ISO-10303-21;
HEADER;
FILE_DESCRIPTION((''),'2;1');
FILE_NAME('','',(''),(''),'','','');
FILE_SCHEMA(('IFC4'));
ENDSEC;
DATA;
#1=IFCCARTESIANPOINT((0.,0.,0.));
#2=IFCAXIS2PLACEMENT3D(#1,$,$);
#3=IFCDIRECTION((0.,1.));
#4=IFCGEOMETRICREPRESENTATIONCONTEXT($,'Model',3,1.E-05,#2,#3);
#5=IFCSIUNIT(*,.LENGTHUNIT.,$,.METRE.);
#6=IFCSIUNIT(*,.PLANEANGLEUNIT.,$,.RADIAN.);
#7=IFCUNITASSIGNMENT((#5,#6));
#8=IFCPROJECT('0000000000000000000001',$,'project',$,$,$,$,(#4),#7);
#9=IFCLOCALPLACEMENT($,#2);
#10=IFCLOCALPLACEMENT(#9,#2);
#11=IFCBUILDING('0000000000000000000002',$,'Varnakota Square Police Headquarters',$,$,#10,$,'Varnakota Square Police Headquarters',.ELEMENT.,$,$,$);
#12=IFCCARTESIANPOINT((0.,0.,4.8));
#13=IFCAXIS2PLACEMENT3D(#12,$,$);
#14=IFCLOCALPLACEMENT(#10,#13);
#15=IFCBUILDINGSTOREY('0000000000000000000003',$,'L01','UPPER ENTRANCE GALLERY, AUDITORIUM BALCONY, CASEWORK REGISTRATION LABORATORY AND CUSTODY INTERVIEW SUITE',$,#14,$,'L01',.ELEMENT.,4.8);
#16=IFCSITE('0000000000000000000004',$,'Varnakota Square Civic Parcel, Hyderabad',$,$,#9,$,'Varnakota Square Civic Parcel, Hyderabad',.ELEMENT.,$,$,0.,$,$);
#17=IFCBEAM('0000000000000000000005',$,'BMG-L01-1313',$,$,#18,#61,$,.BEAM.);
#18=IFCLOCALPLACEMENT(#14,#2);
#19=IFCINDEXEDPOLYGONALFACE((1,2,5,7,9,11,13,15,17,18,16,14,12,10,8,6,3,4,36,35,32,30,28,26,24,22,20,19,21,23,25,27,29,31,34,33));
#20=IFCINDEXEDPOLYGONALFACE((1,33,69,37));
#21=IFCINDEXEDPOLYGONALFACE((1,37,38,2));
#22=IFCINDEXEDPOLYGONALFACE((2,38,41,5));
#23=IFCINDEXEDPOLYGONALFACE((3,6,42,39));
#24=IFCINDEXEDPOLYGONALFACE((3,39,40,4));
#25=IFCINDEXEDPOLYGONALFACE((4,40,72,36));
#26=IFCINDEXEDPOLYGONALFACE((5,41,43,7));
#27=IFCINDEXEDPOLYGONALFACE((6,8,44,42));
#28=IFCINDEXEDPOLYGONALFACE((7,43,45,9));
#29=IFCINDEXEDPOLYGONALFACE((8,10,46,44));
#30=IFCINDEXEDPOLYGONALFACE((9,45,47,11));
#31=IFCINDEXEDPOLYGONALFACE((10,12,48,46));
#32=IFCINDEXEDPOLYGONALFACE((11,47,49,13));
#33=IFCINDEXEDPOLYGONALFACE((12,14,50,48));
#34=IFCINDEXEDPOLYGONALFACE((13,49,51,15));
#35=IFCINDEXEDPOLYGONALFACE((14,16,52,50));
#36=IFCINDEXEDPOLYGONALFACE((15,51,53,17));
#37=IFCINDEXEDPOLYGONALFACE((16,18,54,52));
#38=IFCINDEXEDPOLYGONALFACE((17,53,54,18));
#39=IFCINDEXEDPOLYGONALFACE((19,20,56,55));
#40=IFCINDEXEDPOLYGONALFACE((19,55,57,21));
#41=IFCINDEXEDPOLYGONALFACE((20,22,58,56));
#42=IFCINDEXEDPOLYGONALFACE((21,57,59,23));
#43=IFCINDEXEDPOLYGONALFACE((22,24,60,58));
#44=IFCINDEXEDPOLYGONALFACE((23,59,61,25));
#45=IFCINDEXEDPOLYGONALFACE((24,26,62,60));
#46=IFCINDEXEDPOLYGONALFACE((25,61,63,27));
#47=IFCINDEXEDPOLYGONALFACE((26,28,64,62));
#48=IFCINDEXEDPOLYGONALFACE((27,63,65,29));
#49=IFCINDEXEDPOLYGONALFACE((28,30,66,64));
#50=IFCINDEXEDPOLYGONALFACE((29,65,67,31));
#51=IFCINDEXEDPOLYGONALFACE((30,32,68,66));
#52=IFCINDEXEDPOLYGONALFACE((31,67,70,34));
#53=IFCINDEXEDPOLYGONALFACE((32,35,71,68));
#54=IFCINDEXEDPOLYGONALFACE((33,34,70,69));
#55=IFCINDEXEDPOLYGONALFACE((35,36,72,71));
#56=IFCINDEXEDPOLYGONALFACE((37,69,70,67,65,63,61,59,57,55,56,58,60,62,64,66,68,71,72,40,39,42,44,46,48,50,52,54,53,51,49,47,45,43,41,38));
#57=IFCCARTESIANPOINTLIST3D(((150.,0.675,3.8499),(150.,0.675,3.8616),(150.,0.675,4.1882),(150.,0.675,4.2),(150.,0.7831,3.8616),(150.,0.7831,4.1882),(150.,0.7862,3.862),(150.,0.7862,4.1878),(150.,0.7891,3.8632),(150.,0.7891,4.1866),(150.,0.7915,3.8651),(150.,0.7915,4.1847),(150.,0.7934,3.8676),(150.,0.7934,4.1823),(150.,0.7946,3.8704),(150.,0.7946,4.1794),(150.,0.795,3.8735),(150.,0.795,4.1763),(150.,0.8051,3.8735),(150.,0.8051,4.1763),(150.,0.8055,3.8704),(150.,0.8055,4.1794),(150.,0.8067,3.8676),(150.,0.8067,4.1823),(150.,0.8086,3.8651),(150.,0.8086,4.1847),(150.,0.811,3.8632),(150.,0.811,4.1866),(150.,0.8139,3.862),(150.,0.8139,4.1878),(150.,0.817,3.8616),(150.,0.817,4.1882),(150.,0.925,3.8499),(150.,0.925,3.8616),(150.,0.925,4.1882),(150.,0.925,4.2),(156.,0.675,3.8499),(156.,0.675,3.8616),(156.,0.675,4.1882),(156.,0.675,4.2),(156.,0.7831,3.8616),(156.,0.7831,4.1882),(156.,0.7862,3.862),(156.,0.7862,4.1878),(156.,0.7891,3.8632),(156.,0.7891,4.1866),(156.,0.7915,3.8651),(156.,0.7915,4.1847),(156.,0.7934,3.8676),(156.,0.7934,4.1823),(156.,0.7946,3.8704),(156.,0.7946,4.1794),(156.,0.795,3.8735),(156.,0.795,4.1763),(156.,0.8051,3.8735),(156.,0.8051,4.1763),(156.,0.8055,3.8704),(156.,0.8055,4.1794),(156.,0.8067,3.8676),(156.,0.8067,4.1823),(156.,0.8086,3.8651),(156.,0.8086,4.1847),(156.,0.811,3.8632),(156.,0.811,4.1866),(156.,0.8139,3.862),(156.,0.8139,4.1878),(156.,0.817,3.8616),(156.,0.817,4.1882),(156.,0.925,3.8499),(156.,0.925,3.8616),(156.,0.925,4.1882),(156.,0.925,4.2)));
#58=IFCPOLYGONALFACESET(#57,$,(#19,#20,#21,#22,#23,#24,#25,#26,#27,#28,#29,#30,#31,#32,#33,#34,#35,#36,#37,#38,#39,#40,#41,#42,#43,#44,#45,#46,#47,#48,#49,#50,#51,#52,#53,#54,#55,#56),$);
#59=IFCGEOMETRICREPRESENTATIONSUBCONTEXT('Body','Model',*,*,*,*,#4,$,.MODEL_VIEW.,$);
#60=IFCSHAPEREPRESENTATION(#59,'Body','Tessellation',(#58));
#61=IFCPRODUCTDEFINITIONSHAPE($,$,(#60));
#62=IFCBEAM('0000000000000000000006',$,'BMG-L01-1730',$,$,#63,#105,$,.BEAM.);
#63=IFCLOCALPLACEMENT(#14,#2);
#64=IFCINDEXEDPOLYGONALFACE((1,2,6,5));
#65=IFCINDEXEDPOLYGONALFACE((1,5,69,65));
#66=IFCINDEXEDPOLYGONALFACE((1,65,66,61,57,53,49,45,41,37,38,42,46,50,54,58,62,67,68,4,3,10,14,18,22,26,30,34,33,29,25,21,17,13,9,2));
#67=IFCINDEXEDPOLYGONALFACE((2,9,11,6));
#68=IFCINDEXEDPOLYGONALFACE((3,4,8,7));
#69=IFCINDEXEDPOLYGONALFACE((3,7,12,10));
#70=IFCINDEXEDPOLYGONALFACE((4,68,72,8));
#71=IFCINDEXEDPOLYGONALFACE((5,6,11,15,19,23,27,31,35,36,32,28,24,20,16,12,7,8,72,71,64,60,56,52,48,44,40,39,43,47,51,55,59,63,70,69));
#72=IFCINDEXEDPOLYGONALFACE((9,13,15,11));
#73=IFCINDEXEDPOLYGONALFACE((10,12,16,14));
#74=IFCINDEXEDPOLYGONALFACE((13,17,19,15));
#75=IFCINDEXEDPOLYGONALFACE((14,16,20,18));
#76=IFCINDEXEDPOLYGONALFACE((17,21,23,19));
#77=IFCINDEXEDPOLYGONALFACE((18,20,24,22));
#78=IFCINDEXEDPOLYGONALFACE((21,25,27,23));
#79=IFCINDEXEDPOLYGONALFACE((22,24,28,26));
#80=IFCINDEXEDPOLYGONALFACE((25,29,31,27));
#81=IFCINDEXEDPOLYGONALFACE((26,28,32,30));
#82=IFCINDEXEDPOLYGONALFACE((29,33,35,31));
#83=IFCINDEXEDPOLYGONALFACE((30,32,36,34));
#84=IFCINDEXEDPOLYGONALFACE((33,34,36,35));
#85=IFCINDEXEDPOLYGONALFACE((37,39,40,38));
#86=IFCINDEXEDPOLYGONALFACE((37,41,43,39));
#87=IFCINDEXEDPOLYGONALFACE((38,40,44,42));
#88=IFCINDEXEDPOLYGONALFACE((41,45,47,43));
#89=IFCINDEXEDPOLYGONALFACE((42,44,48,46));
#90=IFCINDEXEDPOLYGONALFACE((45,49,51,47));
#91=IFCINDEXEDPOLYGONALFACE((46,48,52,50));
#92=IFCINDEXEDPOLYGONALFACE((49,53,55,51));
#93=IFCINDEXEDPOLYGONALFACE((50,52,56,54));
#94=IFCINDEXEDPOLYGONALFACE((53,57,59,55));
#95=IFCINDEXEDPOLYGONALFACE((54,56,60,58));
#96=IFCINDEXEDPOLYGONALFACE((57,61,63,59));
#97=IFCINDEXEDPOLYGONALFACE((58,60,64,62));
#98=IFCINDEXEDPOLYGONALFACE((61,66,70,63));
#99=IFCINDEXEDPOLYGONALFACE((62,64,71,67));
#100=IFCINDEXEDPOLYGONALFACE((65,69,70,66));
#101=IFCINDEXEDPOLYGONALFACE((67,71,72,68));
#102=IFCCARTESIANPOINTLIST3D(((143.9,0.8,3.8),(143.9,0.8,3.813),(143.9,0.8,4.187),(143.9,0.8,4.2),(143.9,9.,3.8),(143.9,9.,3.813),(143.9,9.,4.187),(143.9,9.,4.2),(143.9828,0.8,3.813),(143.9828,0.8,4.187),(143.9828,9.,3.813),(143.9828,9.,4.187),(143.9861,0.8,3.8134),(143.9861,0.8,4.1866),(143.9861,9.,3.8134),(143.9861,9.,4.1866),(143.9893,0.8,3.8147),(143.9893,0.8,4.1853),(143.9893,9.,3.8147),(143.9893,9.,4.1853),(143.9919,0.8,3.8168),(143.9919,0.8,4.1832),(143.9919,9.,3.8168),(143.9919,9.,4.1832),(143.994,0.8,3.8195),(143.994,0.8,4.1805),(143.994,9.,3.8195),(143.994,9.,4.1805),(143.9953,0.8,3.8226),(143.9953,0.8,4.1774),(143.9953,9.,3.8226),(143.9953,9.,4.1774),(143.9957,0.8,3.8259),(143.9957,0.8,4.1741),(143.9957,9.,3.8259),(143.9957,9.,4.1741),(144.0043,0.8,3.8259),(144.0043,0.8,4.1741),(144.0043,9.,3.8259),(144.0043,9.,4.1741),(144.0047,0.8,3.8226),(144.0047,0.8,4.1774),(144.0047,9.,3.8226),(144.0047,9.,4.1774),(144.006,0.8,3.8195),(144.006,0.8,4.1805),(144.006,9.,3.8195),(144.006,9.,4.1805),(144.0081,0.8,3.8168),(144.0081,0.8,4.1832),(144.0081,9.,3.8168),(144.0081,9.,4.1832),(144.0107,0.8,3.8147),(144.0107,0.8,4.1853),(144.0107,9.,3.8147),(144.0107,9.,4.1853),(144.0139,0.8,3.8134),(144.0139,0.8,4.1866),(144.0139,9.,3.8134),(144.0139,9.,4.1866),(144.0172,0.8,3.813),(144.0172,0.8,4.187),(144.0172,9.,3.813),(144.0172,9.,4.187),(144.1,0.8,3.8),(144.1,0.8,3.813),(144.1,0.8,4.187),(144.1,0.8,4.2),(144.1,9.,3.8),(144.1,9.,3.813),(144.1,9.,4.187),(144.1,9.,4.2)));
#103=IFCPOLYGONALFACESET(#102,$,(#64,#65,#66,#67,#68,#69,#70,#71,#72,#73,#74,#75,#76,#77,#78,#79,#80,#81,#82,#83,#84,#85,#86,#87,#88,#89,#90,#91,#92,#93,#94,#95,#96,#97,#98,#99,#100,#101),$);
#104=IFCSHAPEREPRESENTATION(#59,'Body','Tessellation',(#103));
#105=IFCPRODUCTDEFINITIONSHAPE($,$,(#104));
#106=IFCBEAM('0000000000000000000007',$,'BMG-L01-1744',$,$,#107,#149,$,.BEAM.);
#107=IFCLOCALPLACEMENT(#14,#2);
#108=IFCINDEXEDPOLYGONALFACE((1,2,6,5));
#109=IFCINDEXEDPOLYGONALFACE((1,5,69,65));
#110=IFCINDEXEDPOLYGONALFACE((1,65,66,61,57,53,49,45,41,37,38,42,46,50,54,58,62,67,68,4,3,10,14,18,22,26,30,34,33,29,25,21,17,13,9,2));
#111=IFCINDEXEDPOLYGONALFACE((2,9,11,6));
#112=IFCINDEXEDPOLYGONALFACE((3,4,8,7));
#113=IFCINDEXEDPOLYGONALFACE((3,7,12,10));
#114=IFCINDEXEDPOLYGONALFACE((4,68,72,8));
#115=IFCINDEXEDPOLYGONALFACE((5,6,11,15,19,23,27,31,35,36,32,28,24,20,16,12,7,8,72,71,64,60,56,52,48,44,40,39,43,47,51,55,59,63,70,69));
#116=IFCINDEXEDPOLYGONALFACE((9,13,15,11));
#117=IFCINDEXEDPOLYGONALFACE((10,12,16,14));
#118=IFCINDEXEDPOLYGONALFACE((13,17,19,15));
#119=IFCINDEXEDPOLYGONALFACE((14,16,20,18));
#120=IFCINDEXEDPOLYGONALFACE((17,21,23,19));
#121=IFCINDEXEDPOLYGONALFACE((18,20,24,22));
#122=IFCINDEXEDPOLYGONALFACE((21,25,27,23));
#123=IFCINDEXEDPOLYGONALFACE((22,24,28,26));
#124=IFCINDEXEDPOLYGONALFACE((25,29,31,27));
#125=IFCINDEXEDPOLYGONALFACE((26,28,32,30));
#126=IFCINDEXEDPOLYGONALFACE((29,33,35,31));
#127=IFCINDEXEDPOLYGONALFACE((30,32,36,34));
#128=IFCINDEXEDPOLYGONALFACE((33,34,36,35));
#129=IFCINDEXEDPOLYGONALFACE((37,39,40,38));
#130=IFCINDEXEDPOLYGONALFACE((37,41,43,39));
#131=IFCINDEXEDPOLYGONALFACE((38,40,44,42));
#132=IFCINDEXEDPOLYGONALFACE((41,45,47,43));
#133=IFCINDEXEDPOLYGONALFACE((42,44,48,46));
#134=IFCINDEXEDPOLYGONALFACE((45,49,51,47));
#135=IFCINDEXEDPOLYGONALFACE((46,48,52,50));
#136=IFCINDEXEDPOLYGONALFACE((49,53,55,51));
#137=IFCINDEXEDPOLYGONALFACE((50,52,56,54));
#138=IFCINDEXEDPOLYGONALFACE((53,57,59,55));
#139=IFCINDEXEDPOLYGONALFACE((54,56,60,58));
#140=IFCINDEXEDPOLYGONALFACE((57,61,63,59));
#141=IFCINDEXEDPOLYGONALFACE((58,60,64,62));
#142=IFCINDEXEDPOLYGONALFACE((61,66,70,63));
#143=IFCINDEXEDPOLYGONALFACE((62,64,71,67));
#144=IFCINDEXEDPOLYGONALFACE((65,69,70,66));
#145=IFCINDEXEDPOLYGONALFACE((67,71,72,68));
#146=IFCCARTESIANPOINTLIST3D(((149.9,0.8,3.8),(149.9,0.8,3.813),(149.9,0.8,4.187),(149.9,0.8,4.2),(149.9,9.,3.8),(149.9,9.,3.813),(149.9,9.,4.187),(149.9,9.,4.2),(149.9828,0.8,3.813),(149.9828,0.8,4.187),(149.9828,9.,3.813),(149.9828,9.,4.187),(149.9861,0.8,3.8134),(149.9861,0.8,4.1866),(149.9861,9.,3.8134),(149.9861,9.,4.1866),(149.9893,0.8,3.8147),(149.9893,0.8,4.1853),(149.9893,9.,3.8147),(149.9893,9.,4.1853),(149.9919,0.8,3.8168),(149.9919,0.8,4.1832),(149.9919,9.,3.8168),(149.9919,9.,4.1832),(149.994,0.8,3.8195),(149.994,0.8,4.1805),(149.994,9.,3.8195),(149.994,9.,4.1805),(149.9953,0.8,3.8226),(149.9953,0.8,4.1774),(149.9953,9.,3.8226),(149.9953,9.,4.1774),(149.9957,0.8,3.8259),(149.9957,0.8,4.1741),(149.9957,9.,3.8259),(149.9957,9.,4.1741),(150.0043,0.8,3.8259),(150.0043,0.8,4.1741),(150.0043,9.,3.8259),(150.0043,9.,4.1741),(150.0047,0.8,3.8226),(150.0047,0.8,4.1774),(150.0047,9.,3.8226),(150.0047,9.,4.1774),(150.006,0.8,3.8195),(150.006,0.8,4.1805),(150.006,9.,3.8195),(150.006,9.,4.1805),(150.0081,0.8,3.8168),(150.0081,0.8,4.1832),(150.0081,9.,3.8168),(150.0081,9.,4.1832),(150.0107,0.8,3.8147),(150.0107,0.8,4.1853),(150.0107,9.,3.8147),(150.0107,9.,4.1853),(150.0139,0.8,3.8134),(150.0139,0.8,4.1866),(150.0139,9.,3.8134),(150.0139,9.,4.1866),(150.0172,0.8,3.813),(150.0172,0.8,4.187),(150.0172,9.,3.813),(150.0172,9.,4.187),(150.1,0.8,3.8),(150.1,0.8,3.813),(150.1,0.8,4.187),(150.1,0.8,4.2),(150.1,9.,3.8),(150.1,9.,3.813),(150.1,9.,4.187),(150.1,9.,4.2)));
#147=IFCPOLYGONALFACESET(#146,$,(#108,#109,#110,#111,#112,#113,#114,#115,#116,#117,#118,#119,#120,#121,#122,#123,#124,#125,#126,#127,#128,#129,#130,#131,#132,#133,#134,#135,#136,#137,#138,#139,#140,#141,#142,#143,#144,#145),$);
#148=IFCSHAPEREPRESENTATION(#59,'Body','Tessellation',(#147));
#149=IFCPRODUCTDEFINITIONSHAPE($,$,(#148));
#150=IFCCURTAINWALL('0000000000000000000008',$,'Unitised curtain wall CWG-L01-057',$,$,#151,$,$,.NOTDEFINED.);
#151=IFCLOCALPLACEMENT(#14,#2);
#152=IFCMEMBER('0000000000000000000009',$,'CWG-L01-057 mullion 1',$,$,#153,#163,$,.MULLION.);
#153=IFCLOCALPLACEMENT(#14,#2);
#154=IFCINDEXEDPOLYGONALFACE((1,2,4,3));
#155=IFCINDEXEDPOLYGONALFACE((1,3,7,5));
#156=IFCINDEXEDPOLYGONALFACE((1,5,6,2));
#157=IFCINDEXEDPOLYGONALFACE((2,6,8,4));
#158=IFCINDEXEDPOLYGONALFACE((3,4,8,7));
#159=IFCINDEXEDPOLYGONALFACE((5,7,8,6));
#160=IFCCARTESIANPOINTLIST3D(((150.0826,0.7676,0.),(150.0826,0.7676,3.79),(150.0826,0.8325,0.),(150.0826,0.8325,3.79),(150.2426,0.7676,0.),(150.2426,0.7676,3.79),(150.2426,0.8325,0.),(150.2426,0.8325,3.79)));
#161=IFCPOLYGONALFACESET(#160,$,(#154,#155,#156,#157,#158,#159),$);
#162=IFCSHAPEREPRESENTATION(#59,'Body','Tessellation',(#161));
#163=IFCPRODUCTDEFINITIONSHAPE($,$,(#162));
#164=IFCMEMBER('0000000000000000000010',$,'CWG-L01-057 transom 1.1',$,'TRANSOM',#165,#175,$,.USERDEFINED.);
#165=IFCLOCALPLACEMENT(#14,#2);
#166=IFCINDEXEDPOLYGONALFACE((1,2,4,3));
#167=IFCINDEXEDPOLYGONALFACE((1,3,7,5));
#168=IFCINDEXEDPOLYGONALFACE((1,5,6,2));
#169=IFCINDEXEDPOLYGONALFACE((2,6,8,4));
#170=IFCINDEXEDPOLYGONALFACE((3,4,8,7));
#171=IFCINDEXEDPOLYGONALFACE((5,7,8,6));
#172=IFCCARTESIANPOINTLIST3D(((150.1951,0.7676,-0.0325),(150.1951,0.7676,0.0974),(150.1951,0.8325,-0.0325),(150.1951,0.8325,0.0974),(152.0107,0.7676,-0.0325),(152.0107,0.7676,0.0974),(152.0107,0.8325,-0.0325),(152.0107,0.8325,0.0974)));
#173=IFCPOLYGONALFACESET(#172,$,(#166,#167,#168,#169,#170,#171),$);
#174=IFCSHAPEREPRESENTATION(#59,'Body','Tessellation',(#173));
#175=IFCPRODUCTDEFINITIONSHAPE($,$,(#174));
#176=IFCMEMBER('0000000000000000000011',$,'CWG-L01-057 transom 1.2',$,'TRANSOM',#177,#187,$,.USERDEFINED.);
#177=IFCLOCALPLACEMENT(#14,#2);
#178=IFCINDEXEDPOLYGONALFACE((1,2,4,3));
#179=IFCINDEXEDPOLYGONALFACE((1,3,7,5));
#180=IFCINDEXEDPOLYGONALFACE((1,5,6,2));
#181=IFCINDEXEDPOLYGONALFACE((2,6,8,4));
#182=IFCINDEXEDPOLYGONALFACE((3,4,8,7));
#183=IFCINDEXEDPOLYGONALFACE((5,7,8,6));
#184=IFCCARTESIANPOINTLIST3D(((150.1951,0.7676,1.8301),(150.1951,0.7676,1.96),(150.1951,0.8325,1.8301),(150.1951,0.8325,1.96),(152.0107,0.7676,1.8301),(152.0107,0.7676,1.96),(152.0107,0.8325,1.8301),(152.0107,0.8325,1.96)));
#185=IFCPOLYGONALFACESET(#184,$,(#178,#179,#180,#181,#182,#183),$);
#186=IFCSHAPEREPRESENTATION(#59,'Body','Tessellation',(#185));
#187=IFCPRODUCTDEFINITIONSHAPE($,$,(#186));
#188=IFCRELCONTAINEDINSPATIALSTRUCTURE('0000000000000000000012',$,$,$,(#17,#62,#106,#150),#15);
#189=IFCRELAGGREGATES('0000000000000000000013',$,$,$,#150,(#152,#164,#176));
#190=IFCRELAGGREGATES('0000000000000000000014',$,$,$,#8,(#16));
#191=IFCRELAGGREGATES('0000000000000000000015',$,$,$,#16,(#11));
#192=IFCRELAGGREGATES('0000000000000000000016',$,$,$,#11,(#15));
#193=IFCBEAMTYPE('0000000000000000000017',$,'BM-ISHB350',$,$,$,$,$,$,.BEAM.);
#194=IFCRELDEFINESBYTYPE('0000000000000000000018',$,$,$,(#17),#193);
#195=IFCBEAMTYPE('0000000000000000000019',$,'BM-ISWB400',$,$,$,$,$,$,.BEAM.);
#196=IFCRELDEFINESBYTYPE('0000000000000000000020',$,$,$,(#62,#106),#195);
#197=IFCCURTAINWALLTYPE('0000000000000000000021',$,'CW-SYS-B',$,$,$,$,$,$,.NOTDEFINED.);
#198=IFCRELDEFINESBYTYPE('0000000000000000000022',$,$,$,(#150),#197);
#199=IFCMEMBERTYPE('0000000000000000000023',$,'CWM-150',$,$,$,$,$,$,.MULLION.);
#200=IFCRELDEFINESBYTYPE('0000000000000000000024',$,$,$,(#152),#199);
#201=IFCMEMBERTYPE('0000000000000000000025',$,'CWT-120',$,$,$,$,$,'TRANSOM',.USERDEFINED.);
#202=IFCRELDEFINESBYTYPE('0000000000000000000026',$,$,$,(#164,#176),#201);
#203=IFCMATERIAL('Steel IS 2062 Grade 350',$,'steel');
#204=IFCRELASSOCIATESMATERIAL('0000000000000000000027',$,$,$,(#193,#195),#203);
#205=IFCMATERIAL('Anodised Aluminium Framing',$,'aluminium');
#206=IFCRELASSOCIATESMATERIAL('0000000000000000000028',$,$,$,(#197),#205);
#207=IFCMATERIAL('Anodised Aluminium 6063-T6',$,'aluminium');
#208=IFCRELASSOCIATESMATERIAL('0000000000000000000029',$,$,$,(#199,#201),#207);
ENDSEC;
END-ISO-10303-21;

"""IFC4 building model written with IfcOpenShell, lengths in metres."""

from ifc_helpers import new_model, si_unit, direction, frame, origin, origin_2d, place, context, subcontext, project, spatial, rectangle, i_section, extrude, material, material_profile, profile_set, type_object, element, aggregate, save


model = new_model("IFC4")

# Units and contexts
model_context = context("Model", 3, precision=1e-05, world=origin(), true_north=direction((0.0, 1.0)))
body_context = subcontext(model_context, "Body", "Model", "MODEL_VIEW")
ifc_project = project(units=[si_unit("LENGTHUNIT", "METRE"), si_unit("PLANEANGLEUNIT", "RADIAN")], contexts=[model_context])

# Site, building, storey
site_placement = place(None, origin())
site = spatial("IfcSite", under=ifc_project, at=site_placement, Name="Varnakota Square Civic Parcel, Hyderabad", LongName="Varnakota Square Civic Parcel, Hyderabad", CompositionType="ELEMENT", RefElevation=0.0)
building_placement = place(site_placement, origin())
building = spatial("IfcBuilding", under=site, at=building_placement, Name="Varnakota Square Police Headquarters", LongName="Varnakota Square Police Headquarters", CompositionType="ELEMENT")
storey_placement = place(building_placement, frame((0.0, 0.0, 4.8)))
storey = spatial("IfcBuildingStorey", under=building, at=storey_placement, Name="L01", Description="UPPER ENTRANCE GALLERY, AUDITORIUM BALCONY, CASEWORK REGISTRATION LABORATORY AND CUSTODY INTERVIEW SUITE", LongName="L01", CompositionType="ELEMENT", Elevation=4.8)

# Shared definitions
ifc_material_1 = material(Name="Steel IS 2062 Grade 350", Category="steel")

# Beams
ifc_material_profile_1 = material_profile(ifc_material_1, i_section(OverallWidth=0.25, OverallDepth=0.3501, WebThickness=0.01, FlangeThickness=0.0117, FilletRadius=0.012, at=origin_2d()), Name="ISHB 350")
ifc_profile_set_1 = profile_set([ifc_material_profile_1], Name="Steel IS 2062 Grade 350")
beam_type_1 = type_object("IfcBeamType", Name="BM-ISHB350", PredefinedType="BEAM", material=ifc_profile_set_1)
beam_1_placement = place(storey_placement, frame((150.0, 0.8, 4.0249), z_axis=(1.0, 0.0, 0.0), x_axis=(0.0, 1.0, 0.0)))
element("IfcBeam", 1, at=beam_1_placement, inside=storey, type_object=beam_type_1, Name="BMG-L01-1313", PredefinedType="BEAM", context=body_context, shape_type="SweptSolid", body=[
    extrude(i_section(OverallWidth=0.25, OverallDepth=0.3501, WebThickness=0.01, FlangeThickness=0.0117, FilletRadius=0.012, at=origin_2d()), origin(), (0.0, 0.0, 1.0), 6.0),
])
ifc_material_profile_2 = material_profile(ifc_material_1, i_section(OverallWidth=0.2, OverallDepth=0.3999, WebThickness=0.0085, FlangeThickness=0.0129, FilletRadius=0.0129, at=origin_2d()), Name="ISWB 400")
ifc_profile_set_2 = profile_set([ifc_material_profile_2], Name="Steel IS 2062 Grade 350")
beam_type_2 = type_object("IfcBeamType", Name="BM-ISWB400", PredefinedType="BEAM", material=ifc_profile_set_2)
for number, where, z_axis, x_axis, name in (
    (2, (144.0, 0.8, 4.0), (0.0, 1.0, 0.0), (-1.0, 0.0, 0.0), "BMG-L01-1730"),
    (3, (150.0, 0.8, 4.0), (0.0, 1.0, 0.0), (-1.0, 0.0, 0.0), "BMG-L01-1744"),
):
    element("IfcBeam", number, at=place(storey_placement, frame(where, z_axis=z_axis, x_axis=x_axis)), inside=storey, type_object=beam_type_2, Name=name, PredefinedType="BEAM", context=body_context, shape_type="SweptSolid", body=[
        extrude(i_section(OverallWidth=0.2, OverallDepth=0.3999, WebThickness=0.0085, FlangeThickness=0.0129, FilletRadius=0.0129, at=origin_2d()), origin(), (0.0, 0.0, 1.0), 8.2),
    ])

# Curtain wall, members
ifc_material_2 = material(Name="Anodised Aluminium Framing", Category="aluminium")
curtain_wall_type = type_object("IfcCurtainWallType", Name="CW-SYS-B", PredefinedType="NOTDEFINED", material=ifc_material_2)
curtain_wall_placement = place(storey_placement, origin())
curtain_wall = element("IfcCurtainWall", 4, at=curtain_wall_placement, inside=storey, type_object=curtain_wall_type, Name="Unitised curtain wall CWG-L01-057", PredefinedType="NOTDEFINED")
ifc_material_3 = material(Name="Anodised Aluminium 6063-T6", Category="aluminium")
ifc_material_profile_3 = material_profile(ifc_material_3, rectangle(XDim=0.0649, YDim=0.1599, at=origin_2d()), Name="ALU MULLION 65x160")
ifc_profile_set_3 = profile_set([ifc_material_profile_3], Name="Anodised Aluminium 6063-T6")
member_type_1 = type_object("IfcMemberType", Name="CWM-150", PredefinedType="MULLION", material=ifc_profile_set_3)
member_1_placement = place(storey_placement, frame((150.1626, 0.8, 0.0), z_axis=(0.0, 0.0, 1.0), x_axis=(0.0, 1.0, 0.0)))
member_1 = element("IfcMember", 5, at=member_1_placement, type_object=member_type_1, Name="CWG-L01-057 mullion 1", PredefinedType="MULLION", context=body_context, shape_type="SweptSolid", body=[
    extrude(rectangle(XDim=0.0649, YDim=0.1599, at=origin_2d()), origin(), (0.0, 0.0, 1.0), 3.79),
])
ifc_material_profile_4 = material_profile(ifc_material_3, rectangle(XDim=0.0649, YDim=0.1299, at=origin_2d()), Name="ALU TRANSOM 65x130")
ifc_profile_set_4 = profile_set([ifc_material_profile_4], Name="Anodised Aluminium 6063-T6")
member_type_2 = type_object("IfcMemberType", Name="CWT-120", ElementType="TRANSOM", PredefinedType="USERDEFINED", material=ifc_profile_set_4)
member_2_placement = place(storey_placement, frame((150.1951, 0.8, 0.0325), z_axis=(1.0, 0.0, 0.0), x_axis=(0.0, 1.0, 0.0)))
member_2 = element("IfcMember", 6, at=member_2_placement, type_object=member_type_2, Name="CWG-L01-057 transom 1.1", ObjectType="TRANSOM", PredefinedType="USERDEFINED", context=body_context, shape_type="SweptSolid", body=[
    extrude(rectangle(XDim=0.0649, YDim=0.1299, at=origin_2d()), origin(), (0.0, 0.0, 1.0), 1.8157),
])
member_3_placement = place(storey_placement, frame((150.1951, 0.8, 1.895), z_axis=(1.0, 0.0, 0.0), x_axis=(0.0, 1.0, 0.0)))
member_3 = element("IfcMember", 7, at=member_3_placement, type_object=member_type_2, Name="CWG-L01-057 transom 1.2", ObjectType="TRANSOM", PredefinedType="USERDEFINED", context=body_context, shape_type="SweptSolid", body=[
    extrude(rectangle(XDim=0.0649, YDim=0.1299, at=origin_2d()), origin(), (0.0, 0.0, 1.0), 1.8157),
])
aggregate(curtain_wall, [member_1, member_2, member_3])

save(model, "model.ifc")
